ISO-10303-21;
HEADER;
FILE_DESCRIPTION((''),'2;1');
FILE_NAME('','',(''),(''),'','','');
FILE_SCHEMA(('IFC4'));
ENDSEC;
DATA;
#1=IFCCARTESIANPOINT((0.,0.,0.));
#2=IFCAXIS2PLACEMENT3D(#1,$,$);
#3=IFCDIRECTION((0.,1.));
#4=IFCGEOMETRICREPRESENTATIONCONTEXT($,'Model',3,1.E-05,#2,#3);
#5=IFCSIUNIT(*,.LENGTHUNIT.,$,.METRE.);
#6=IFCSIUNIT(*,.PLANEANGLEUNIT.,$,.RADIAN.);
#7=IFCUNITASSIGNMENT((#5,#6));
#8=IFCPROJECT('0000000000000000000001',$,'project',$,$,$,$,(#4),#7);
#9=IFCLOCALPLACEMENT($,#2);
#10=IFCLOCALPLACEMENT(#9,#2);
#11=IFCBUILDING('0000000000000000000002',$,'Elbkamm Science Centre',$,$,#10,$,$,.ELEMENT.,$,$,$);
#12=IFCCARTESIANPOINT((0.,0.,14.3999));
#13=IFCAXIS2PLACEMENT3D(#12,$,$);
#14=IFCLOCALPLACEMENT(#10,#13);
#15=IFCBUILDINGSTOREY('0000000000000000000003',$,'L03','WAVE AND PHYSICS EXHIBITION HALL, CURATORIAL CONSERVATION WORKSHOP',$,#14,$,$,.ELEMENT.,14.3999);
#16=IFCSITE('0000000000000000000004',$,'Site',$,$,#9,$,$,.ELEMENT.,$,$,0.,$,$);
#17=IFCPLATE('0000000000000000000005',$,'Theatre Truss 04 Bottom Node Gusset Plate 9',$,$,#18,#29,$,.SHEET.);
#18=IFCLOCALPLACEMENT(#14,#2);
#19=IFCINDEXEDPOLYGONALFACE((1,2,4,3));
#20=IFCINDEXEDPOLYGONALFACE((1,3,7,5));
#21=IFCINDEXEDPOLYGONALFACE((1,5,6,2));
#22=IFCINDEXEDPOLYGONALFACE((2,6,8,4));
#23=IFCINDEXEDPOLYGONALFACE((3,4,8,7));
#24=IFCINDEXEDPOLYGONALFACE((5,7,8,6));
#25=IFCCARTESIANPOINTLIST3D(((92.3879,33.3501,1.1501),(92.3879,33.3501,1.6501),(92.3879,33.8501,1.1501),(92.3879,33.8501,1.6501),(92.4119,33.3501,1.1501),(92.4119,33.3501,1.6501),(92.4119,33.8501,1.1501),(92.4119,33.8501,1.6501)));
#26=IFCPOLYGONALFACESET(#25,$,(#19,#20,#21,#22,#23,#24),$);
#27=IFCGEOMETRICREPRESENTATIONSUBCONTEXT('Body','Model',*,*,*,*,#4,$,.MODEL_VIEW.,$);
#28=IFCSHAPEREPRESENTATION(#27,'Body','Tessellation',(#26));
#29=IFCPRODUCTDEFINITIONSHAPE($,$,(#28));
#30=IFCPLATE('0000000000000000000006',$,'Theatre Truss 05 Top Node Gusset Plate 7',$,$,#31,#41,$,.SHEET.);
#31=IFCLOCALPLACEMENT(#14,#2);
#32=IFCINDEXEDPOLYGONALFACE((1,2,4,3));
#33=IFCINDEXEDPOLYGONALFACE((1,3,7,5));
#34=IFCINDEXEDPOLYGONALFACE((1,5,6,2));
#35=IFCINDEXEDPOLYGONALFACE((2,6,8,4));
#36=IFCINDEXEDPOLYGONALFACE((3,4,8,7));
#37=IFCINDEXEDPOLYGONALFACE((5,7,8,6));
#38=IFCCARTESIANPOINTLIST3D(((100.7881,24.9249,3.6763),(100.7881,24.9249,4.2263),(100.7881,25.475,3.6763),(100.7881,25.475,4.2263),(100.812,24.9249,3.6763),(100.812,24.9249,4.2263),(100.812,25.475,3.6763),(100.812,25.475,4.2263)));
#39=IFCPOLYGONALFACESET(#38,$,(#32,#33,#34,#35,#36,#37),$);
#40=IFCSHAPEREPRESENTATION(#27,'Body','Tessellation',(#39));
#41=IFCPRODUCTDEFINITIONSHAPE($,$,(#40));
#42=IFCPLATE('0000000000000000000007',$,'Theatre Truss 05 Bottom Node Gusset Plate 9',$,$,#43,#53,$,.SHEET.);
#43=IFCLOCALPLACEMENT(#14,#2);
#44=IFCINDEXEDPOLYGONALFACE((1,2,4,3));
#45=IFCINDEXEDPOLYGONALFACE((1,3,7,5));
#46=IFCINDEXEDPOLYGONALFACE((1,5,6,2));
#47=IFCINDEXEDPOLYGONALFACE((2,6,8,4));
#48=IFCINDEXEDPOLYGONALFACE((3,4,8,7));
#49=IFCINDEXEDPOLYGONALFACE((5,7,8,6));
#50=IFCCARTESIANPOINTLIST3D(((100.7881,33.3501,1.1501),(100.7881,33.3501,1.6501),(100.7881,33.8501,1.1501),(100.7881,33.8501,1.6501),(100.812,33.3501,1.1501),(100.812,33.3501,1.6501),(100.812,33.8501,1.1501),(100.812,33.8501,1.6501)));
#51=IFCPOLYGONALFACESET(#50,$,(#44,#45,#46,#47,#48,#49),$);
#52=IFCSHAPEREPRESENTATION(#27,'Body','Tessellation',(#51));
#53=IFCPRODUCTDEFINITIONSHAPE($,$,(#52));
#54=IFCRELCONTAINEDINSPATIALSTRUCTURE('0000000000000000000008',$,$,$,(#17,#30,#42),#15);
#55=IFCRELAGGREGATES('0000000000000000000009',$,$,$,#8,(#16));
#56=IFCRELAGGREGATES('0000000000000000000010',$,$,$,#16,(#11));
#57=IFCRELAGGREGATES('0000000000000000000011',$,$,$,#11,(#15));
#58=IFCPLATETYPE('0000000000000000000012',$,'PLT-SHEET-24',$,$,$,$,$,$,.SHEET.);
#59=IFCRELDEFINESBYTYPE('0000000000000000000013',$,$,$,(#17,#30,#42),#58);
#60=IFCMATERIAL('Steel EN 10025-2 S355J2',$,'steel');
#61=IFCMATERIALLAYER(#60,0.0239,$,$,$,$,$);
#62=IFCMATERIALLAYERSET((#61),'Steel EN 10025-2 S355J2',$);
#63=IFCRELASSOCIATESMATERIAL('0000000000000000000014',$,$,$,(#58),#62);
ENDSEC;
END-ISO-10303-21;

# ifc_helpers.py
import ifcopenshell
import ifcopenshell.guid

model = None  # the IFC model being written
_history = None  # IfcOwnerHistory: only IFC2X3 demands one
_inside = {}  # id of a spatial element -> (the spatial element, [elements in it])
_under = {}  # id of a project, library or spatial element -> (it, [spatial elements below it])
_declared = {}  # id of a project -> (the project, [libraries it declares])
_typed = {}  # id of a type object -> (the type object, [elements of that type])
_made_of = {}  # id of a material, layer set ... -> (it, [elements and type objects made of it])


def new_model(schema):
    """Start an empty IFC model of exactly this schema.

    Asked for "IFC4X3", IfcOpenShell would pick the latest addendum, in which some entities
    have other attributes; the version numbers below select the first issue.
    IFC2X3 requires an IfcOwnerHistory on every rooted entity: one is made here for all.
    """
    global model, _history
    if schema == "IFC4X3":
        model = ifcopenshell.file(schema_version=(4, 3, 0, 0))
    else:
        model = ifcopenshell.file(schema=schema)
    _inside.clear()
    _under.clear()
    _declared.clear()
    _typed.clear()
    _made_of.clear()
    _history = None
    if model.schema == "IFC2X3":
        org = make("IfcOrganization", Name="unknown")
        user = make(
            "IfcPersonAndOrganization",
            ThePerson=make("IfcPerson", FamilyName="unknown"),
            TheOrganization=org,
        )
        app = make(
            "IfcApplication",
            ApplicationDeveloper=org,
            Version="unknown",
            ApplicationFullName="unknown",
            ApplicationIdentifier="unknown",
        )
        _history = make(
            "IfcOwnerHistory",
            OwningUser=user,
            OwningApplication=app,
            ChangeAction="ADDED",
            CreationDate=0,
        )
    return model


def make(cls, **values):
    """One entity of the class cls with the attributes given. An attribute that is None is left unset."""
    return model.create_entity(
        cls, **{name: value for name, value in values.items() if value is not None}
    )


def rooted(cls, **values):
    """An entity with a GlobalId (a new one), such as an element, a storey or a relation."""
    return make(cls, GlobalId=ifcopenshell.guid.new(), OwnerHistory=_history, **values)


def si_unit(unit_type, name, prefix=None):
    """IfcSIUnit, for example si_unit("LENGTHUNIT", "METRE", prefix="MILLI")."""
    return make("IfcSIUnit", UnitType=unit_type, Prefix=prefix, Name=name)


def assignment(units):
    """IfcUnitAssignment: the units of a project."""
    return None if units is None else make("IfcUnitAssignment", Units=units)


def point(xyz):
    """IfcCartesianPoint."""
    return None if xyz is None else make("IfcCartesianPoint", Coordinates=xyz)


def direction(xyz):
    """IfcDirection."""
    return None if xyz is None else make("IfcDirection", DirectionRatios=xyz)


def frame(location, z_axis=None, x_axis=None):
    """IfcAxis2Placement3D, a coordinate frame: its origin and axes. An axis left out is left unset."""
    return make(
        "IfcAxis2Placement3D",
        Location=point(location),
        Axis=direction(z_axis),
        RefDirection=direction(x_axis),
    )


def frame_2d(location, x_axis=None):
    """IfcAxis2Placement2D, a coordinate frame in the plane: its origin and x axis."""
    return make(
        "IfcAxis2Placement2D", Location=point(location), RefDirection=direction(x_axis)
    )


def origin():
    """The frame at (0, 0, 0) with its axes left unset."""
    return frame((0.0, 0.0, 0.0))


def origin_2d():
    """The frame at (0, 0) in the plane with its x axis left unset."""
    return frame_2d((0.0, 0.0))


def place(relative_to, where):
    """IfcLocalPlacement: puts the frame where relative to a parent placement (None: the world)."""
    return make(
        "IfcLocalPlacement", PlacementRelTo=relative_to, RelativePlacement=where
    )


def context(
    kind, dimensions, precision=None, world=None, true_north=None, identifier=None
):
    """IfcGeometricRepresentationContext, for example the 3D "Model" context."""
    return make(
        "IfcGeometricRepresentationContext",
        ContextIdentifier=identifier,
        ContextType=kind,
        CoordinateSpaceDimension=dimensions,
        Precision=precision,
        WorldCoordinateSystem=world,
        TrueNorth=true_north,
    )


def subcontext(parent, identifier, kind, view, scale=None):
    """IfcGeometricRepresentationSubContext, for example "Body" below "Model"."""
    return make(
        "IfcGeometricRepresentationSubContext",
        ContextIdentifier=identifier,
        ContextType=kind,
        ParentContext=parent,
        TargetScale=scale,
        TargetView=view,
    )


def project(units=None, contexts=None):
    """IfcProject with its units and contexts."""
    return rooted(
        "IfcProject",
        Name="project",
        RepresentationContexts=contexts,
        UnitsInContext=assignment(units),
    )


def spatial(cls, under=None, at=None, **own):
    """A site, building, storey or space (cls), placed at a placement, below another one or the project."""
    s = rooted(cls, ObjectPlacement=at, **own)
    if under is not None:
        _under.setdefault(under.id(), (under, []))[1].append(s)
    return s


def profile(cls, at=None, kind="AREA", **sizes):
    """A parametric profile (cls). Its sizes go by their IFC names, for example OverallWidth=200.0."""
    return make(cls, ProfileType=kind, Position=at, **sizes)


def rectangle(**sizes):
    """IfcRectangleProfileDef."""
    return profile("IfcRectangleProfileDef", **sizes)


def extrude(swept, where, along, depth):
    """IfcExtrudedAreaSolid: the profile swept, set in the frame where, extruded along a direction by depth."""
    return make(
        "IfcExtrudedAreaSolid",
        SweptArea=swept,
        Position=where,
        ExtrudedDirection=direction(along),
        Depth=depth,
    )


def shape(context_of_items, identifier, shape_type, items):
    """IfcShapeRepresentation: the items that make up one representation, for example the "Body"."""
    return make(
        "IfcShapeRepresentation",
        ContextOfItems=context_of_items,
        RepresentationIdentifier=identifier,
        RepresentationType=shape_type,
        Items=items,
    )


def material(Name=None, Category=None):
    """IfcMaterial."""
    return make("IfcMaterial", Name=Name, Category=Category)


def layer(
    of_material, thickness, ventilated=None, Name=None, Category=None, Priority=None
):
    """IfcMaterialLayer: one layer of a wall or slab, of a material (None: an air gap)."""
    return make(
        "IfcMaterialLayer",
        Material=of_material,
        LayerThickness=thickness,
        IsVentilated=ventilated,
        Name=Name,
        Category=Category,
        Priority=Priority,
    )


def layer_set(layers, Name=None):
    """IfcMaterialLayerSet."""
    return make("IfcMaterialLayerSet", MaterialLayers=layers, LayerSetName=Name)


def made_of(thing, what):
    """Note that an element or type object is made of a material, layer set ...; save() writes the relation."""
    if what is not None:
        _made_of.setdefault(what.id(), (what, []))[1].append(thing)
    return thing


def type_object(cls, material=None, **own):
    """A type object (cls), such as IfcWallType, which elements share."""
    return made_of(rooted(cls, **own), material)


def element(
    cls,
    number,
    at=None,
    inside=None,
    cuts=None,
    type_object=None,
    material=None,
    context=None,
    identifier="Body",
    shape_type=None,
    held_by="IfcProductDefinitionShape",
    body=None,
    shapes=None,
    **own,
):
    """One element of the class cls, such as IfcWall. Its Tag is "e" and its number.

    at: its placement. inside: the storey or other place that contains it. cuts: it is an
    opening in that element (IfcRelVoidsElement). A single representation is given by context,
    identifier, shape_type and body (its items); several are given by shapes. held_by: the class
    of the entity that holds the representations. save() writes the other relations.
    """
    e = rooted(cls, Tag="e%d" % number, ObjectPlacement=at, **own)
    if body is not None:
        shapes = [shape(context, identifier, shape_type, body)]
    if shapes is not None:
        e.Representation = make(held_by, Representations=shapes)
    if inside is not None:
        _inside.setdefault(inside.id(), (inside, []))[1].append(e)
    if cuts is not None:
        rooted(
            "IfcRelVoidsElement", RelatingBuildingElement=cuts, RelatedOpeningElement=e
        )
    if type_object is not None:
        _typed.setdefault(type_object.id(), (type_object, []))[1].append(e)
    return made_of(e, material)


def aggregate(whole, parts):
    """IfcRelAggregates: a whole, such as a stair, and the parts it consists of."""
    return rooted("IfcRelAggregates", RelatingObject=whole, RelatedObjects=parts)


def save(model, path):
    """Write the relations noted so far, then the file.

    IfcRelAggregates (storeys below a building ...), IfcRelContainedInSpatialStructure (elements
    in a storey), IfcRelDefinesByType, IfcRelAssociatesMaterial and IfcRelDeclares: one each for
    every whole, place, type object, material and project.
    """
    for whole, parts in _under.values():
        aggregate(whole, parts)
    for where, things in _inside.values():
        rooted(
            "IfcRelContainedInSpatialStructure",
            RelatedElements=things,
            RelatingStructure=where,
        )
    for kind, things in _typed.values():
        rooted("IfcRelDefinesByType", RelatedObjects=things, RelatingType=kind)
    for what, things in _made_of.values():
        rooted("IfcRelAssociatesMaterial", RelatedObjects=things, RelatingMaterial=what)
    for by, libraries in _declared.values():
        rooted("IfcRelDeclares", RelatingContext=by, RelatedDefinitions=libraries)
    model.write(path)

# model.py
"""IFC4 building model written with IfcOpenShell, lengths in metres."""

from ifc_helpers import new_model, si_unit, direction, frame, origin, origin_2d, place, context, subcontext, project, spatial, rectangle, extrude, material, layer, layer_set, type_object, element, save


model = new_model("IFC4")

# Units and contexts
model_context = context("Model", 3, precision=1e-05, world=origin(), true_north=direction((0.0, 1.0)))
body_context = subcontext(model_context, "Body", "Model", "MODEL_VIEW")
ifc_project = project(units=[si_unit("LENGTHUNIT", "METRE"), si_unit("PLANEANGLEUNIT", "RADIAN")], contexts=[model_context])

# Site, building, storey
site_placement = place(None, origin())
site = spatial("IfcSite", under=ifc_project, at=site_placement, Name="Site", CompositionType="ELEMENT", RefElevation=0.0)
building_placement = place(site_placement, origin())
building = spatial("IfcBuilding", under=site, at=building_placement, Name="Elbkamm Science Centre", CompositionType="ELEMENT")
storey_placement = place(building_placement, frame((0.0, 0.0, 14.3999)))
storey = spatial("IfcBuildingStorey", under=building, at=storey_placement, Name="L03", Description="WAVE AND PHYSICS EXHIBITION HALL, CURATORIAL CONSERVATION WORKSHOP", CompositionType="ELEMENT", Elevation=14.3999)

# Shared definitions
ifc_material_1 = material(Name="Steel EN 10025-2 S355J2", Category="steel")

# Plates
ifc_layer_1 = layer(ifc_material_1, 0.0239)
ifc_layer_set_1 = layer_set([ifc_layer_1], Name="Steel EN 10025-2 S355J2")
plate_type_1 = type_object("IfcPlateType", Name="PLT-SHEET-24", PredefinedType="SHEET", material=ifc_layer_set_1)
plate_1_placement = place(storey_placement, frame((92.3999, 33.6001, 1.1501), z_axis=(0.0, 0.0, 1.0), x_axis=(1.0, 0.0, 0.0)))
element("IfcPlate", 1, at=plate_1_placement, inside=storey, type_object=plate_type_1, Name="Theatre Truss 04 Bottom Node Gusset Plate 9", PredefinedType="SHEET", context=body_context, shape_type="SweptSolid", body=[
    extrude(rectangle(XDim=0.0239, YDim=0.5, at=origin_2d()), origin(), (0.0, 0.0, 1.0), 0.5),
])
plate_2_placement = place(storey_placement, frame((100.8, 25.2, 3.6763), z_axis=(0.0, 0.0, 1.0), x_axis=(1.0, 0.0, 0.0)))
element("IfcPlate", 2, at=plate_2_placement, inside=storey, type_object=plate_type_1, Name="Theatre Truss 05 Top Node Gusset Plate 7", PredefinedType="SHEET", context=body_context, shape_type="SweptSolid", body=[
    extrude(rectangle(XDim=0.0239, YDim=0.55, at=origin_2d()), origin(), (0.0, 0.0, 1.0), 0.55),
])
plate_3_placement = place(storey_placement, frame((100.8, 33.6001, 1.1501), z_axis=(0.0, 0.0, 1.0), x_axis=(1.0, 0.0, 0.0)))
element("IfcPlate", 3, at=plate_3_placement, inside=storey, type_object=plate_type_1, Name="Theatre Truss 05 Bottom Node Gusset Plate 9", PredefinedType="SHEET", context=body_context, shape_type="SweptSolid", body=[
    extrude(rectangle(XDim=0.0239, YDim=0.5, at=origin_2d()), origin(), (0.0, 0.0, 1.0), 0.5),
])

save(model, "model.ifc")
